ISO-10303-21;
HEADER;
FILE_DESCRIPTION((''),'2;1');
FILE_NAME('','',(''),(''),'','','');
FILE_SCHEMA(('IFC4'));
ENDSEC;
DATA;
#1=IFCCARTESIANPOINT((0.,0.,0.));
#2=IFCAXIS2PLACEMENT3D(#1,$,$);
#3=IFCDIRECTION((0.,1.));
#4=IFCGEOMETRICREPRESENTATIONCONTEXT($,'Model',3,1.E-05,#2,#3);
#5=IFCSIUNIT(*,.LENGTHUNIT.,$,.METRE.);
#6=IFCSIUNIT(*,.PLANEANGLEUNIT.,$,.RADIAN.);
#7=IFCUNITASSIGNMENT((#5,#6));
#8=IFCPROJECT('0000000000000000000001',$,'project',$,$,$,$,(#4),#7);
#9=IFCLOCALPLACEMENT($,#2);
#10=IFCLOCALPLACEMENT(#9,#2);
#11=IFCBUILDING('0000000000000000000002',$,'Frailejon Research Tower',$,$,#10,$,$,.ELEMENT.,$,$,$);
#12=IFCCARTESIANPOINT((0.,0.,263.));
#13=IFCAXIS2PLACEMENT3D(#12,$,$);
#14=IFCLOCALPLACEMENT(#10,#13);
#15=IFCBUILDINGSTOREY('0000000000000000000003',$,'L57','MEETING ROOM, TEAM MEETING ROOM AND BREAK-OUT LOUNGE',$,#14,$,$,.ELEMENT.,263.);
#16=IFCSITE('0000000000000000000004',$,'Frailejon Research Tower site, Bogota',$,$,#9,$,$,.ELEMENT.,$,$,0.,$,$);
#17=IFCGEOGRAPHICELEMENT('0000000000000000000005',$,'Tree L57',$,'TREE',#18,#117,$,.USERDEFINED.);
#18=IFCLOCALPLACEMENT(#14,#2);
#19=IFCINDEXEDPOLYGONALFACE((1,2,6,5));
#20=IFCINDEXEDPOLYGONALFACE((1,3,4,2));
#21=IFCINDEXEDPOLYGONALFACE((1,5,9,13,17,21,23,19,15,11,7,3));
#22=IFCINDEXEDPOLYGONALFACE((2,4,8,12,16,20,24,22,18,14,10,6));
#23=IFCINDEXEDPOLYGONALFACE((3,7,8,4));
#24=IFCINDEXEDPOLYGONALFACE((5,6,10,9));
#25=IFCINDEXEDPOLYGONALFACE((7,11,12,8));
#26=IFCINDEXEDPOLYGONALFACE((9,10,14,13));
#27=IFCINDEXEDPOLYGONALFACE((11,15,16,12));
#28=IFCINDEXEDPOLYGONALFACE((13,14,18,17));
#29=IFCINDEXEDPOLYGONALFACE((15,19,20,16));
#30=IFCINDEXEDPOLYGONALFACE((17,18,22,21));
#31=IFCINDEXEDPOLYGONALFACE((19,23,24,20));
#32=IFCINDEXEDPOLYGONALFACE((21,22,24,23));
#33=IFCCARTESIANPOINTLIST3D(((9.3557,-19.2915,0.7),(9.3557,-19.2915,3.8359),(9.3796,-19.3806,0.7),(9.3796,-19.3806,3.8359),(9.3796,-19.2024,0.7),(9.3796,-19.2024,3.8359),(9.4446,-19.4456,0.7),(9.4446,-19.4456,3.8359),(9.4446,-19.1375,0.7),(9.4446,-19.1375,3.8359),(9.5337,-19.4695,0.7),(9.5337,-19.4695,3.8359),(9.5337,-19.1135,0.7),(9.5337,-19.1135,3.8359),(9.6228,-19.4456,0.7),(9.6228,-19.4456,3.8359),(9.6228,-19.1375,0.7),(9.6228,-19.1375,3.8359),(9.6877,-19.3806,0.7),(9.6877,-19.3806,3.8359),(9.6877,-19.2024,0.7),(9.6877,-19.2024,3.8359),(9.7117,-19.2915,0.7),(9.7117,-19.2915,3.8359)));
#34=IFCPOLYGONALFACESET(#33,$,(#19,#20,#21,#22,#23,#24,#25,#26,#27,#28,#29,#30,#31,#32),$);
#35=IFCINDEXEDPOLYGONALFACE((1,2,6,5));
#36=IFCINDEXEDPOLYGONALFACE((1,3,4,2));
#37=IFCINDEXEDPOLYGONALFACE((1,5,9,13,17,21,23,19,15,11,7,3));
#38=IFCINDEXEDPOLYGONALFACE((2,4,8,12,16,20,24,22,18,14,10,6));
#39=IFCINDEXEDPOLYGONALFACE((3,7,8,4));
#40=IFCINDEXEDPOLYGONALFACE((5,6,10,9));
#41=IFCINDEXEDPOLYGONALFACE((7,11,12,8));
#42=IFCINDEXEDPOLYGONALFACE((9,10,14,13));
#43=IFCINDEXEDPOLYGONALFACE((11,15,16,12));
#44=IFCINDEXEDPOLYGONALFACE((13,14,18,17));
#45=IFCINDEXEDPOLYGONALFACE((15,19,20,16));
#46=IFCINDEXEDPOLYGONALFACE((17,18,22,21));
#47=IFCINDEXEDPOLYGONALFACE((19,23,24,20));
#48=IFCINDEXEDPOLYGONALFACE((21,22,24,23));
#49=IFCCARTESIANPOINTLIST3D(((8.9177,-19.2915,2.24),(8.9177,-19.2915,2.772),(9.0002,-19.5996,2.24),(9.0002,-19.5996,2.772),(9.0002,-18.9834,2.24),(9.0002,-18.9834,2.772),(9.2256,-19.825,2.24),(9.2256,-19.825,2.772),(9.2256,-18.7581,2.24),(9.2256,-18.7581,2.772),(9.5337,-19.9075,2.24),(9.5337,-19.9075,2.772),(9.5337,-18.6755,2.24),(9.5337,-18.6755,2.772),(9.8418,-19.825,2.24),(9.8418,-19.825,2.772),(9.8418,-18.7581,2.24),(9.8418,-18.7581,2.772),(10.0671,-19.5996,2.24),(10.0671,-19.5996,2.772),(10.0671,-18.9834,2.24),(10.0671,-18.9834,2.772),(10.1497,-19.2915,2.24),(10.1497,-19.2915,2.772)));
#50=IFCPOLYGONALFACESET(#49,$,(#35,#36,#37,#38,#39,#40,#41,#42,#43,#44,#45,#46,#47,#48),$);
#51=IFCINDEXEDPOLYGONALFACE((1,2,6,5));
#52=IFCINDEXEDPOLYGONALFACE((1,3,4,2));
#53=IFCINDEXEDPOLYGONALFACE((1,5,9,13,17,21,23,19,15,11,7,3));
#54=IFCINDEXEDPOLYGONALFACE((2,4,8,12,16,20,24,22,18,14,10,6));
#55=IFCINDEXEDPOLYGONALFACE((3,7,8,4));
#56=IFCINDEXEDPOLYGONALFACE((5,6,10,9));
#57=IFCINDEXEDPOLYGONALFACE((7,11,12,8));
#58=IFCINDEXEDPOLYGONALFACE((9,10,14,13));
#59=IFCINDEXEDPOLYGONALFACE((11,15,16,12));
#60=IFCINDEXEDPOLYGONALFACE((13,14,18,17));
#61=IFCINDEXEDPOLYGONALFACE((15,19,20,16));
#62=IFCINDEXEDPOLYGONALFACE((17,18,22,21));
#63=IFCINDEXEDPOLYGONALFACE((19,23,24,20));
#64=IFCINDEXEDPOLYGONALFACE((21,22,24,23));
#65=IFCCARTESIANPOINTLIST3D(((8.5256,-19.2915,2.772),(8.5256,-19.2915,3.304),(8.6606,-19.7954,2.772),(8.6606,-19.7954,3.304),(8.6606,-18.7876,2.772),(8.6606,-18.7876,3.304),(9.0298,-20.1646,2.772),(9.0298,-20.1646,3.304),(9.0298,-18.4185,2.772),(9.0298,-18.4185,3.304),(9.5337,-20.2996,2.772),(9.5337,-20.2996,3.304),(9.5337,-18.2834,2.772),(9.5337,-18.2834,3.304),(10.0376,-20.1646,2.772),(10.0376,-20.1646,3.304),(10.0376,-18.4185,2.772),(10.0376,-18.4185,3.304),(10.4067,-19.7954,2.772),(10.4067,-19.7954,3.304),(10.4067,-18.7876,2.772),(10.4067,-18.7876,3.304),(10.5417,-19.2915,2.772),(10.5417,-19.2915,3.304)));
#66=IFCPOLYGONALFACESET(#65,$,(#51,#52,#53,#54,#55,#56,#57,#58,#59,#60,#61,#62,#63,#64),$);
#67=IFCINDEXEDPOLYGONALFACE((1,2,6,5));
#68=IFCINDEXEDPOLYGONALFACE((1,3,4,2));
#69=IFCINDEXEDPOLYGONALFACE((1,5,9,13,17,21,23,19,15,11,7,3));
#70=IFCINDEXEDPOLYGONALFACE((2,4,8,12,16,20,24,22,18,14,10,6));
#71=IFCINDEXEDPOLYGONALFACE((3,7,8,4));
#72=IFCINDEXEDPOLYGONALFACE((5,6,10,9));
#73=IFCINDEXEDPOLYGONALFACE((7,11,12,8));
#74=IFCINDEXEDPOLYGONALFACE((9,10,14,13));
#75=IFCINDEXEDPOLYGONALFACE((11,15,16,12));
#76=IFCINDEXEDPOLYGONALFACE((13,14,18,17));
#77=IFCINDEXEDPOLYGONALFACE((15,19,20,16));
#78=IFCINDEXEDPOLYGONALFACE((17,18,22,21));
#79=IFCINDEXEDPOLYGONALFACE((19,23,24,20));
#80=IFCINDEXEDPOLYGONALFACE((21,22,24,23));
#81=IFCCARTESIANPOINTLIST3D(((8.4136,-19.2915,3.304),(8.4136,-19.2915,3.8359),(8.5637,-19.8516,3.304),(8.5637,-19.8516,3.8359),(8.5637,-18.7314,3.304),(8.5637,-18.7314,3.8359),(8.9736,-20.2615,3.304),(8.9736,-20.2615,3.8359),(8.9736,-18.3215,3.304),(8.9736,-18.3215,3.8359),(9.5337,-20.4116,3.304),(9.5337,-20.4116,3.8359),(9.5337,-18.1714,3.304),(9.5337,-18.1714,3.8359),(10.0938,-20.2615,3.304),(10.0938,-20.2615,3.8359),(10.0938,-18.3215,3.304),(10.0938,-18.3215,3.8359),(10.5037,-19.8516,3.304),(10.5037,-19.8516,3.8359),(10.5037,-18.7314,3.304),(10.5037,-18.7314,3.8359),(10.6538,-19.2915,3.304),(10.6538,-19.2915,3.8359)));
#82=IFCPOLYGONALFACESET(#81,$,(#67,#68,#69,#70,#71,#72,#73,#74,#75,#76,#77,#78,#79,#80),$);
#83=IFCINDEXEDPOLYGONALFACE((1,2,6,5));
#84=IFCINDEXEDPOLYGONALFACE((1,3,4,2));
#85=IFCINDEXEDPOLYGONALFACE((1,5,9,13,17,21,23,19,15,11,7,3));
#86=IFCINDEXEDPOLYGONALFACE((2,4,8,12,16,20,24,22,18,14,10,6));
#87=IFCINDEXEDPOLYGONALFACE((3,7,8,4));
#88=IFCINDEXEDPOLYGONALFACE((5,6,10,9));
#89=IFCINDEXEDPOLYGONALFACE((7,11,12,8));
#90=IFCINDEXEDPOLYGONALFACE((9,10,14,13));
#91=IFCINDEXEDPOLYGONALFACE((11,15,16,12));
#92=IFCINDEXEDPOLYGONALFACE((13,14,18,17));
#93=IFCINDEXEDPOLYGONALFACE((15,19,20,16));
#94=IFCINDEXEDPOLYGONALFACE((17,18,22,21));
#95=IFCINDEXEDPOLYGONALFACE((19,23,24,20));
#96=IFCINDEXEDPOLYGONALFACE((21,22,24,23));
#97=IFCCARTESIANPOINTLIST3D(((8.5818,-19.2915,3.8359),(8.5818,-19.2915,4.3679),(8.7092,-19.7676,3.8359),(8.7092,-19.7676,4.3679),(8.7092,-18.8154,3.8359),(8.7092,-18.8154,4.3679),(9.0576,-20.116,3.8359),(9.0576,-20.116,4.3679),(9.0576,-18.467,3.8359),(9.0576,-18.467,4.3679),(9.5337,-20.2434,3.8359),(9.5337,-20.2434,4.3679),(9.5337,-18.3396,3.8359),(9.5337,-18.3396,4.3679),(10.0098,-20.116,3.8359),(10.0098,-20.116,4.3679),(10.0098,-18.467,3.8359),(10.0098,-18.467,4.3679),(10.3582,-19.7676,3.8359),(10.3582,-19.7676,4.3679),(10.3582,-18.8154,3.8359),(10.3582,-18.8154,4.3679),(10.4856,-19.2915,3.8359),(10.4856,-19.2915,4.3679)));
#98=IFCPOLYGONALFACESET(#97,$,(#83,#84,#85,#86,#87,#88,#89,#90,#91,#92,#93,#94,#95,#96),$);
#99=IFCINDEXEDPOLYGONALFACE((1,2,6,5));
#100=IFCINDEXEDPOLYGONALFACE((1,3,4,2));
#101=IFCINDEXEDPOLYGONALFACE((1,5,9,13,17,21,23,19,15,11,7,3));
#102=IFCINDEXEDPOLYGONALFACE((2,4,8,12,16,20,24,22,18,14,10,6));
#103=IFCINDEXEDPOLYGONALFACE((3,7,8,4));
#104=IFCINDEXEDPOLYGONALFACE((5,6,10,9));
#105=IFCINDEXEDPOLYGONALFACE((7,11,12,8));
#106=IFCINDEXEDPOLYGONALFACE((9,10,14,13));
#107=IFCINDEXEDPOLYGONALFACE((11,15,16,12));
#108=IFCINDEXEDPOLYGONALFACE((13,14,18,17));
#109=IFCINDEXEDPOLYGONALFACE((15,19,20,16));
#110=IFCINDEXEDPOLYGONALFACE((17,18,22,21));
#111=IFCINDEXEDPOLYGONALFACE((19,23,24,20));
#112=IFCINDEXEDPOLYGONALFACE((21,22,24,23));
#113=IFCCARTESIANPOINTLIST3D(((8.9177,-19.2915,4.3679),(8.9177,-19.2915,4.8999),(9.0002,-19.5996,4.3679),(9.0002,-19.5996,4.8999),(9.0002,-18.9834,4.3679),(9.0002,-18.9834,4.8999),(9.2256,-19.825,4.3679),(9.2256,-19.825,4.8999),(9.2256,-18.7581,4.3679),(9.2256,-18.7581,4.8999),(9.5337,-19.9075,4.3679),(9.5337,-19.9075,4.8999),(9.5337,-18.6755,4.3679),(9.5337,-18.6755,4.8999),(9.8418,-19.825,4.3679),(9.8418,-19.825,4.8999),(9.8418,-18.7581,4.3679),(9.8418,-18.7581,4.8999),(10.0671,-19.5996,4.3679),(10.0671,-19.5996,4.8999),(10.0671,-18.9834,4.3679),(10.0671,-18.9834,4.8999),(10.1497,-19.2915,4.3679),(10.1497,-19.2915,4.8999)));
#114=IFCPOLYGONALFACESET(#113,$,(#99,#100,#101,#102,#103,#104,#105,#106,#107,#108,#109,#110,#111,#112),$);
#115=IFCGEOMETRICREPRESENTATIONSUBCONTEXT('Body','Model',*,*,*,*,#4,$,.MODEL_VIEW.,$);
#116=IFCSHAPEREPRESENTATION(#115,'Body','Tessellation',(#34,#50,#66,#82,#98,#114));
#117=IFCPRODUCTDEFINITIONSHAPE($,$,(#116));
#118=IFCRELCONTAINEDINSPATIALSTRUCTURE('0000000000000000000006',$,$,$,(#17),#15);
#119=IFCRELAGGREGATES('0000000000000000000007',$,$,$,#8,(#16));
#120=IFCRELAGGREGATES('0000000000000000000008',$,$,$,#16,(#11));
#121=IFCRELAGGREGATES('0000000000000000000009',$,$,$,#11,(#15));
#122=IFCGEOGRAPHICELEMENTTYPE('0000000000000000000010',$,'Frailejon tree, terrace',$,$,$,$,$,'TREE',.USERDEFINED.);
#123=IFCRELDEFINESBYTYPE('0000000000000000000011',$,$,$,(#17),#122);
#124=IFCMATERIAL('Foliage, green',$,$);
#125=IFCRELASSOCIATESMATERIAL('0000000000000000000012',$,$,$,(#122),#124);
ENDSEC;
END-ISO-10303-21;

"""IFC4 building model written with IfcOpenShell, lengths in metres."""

from ifc_helpers import new_model, si_unit, direction, frame, origin, place, context, subcontext, project, spatial, polyline, outline, extrude, material, type_object, element, save


model = new_model("IFC4")

# Units and contexts
model_context = context("Model", 3, precision=1e-05, world=origin(), true_north=direction((0.0, 1.0)))
body_context = subcontext(model_context, "Body", "Model", "MODEL_VIEW")
ifc_project = project(units=[si_unit("LENGTHUNIT", "METRE"), si_unit("PLANEANGLEUNIT", "RADIAN")], contexts=[model_context])

# Site, building, storey
site_placement = place(None, origin())
site = spatial("IfcSite", under=ifc_project, at=site_placement, Name="Frailejon Research Tower site, Bogota", CompositionType="ELEMENT", RefElevation=0.0)
building_placement = place(site_placement, origin())
building = spatial("IfcBuilding", under=site, at=building_placement, Name="Frailejon Research Tower", CompositionType="ELEMENT")
storey_placement = place(building_placement, frame((0.0, 0.0, 263.0)))
storey = spatial("IfcBuildingStorey", under=building, at=storey_placement, Name="L57", Description="MEETING ROOM, TEAM MEETING ROOM AND BREAK-OUT LOUNGE", CompositionType="ELEMENT", Elevation=263.0)

# Geographic element
ifc_material_1 = material(Name="Foliage, green")
geographic_element_type = type_object("IfcGeographicElementType", Name="Frailejon tree, terrace", ElementType="TREE", PredefinedType="USERDEFINED", material=ifc_material_1)
geographic_element_placement = place(storey_placement, frame((9.5337, -19.2915, 0.7)))
element("IfcGeographicElement", 1, at=geographic_element_placement, inside=storey, type_object=geographic_element_type, Name="Tree L57", ObjectType="TREE", PredefinedType="USERDEFINED", context=body_context, shape_type="SweptSolid", body=[
    extrude(outline(polyline([(0.178, 0.0), (0.1541, 0.0891), (0.0891, 0.1541), (0.0, 0.178), (-0.0891, 0.1541), (-0.1541, 0.0891), (-0.178, 0.0), (-0.1541, -0.0891), (-0.0891, -0.1541), (0.0, -0.178), (0.0891, -0.1541), (0.1541, -0.0891), (0.178, 0.0)])), origin(), (0.0, 0.0, 1.0), 3.136),
    extrude(outline(polyline([(0.616, 0.0), (0.5334, 0.3081), (0.3081, 0.5334), (0.0, 0.616), (-0.3081, 0.5334), (-0.5334, 0.3081), (-0.616, 0.0), (-0.5334, -0.3081), (-0.3081, -0.5334), (0.0, -0.616), (0.3081, -0.5334), (0.5334, -0.3081), (0.616, 0.0)])), frame((0.0, 0.0, 1.54)), (0.0, 0.0, 1.0), 0.532),
    extrude(outline(polyline([(1.0081, 0.0), (0.873, 0.5039), (0.5039, 0.873), (0.0, 1.0081), (-0.5039, 0.873), (-0.873, 0.5039), (-1.0081, 0.0), (-0.873, -0.5039), (-0.5039, -0.873), (0.0, -1.0081), (0.5039, -0.873), (0.873, -0.5039), (1.0081, 0.0)])), frame((0.0, 0.0, 2.072)), (0.0, 0.0, 1.0), 0.532),
    extrude(outline(polyline([(1.1201, 0.0), (0.97, 0.5601), (0.5601, 0.97), (0.0, 1.1201), (-0.5601, 0.97), (-0.97, 0.5601), (-1.1201, 0.0), (-0.97, -0.5601), (-0.5601, -0.97), (0.0, -1.1201), (0.5601, -0.97), (0.97, -0.5601), (1.1201, 0.0)])), frame((0.0, 0.0, 2.604)), (0.0, 0.0, 1.0), 0.532),
    extrude(outline(polyline([(0.9519, 0.0), (0.8245, 0.4761), (0.4761, 0.8245), (0.0, 0.9519), (-0.4761, 0.8245), (-0.8245, 0.4761), (-0.9519, 0.0), (-0.8245, -0.4761), (-0.4761, -0.8245), (0.0, -0.9519), (0.4761, -0.8245), (0.8245, -0.4761), (0.9519, 0.0)])), frame((0.0, 0.0, 3.136)), (0.0, 0.0, 1.0), 0.532),
    extrude(outline(polyline([(0.616, 0.0), (0.5334, 0.3081), (0.3081, 0.5334), (0.0, 0.616), (-0.3081, 0.5334), (-0.5334, 0.3081), (-0.616, 0.0), (-0.5334, -0.3081), (-0.3081, -0.5334), (0.0, -0.616), (0.3081, -0.5334), (0.5334, -0.3081), (0.616, 0.0)])), frame((0.0, 0.0, 3.668)), (0.0, 0.0, 1.0), 0.532),
])

save(model, "model.ifc")
